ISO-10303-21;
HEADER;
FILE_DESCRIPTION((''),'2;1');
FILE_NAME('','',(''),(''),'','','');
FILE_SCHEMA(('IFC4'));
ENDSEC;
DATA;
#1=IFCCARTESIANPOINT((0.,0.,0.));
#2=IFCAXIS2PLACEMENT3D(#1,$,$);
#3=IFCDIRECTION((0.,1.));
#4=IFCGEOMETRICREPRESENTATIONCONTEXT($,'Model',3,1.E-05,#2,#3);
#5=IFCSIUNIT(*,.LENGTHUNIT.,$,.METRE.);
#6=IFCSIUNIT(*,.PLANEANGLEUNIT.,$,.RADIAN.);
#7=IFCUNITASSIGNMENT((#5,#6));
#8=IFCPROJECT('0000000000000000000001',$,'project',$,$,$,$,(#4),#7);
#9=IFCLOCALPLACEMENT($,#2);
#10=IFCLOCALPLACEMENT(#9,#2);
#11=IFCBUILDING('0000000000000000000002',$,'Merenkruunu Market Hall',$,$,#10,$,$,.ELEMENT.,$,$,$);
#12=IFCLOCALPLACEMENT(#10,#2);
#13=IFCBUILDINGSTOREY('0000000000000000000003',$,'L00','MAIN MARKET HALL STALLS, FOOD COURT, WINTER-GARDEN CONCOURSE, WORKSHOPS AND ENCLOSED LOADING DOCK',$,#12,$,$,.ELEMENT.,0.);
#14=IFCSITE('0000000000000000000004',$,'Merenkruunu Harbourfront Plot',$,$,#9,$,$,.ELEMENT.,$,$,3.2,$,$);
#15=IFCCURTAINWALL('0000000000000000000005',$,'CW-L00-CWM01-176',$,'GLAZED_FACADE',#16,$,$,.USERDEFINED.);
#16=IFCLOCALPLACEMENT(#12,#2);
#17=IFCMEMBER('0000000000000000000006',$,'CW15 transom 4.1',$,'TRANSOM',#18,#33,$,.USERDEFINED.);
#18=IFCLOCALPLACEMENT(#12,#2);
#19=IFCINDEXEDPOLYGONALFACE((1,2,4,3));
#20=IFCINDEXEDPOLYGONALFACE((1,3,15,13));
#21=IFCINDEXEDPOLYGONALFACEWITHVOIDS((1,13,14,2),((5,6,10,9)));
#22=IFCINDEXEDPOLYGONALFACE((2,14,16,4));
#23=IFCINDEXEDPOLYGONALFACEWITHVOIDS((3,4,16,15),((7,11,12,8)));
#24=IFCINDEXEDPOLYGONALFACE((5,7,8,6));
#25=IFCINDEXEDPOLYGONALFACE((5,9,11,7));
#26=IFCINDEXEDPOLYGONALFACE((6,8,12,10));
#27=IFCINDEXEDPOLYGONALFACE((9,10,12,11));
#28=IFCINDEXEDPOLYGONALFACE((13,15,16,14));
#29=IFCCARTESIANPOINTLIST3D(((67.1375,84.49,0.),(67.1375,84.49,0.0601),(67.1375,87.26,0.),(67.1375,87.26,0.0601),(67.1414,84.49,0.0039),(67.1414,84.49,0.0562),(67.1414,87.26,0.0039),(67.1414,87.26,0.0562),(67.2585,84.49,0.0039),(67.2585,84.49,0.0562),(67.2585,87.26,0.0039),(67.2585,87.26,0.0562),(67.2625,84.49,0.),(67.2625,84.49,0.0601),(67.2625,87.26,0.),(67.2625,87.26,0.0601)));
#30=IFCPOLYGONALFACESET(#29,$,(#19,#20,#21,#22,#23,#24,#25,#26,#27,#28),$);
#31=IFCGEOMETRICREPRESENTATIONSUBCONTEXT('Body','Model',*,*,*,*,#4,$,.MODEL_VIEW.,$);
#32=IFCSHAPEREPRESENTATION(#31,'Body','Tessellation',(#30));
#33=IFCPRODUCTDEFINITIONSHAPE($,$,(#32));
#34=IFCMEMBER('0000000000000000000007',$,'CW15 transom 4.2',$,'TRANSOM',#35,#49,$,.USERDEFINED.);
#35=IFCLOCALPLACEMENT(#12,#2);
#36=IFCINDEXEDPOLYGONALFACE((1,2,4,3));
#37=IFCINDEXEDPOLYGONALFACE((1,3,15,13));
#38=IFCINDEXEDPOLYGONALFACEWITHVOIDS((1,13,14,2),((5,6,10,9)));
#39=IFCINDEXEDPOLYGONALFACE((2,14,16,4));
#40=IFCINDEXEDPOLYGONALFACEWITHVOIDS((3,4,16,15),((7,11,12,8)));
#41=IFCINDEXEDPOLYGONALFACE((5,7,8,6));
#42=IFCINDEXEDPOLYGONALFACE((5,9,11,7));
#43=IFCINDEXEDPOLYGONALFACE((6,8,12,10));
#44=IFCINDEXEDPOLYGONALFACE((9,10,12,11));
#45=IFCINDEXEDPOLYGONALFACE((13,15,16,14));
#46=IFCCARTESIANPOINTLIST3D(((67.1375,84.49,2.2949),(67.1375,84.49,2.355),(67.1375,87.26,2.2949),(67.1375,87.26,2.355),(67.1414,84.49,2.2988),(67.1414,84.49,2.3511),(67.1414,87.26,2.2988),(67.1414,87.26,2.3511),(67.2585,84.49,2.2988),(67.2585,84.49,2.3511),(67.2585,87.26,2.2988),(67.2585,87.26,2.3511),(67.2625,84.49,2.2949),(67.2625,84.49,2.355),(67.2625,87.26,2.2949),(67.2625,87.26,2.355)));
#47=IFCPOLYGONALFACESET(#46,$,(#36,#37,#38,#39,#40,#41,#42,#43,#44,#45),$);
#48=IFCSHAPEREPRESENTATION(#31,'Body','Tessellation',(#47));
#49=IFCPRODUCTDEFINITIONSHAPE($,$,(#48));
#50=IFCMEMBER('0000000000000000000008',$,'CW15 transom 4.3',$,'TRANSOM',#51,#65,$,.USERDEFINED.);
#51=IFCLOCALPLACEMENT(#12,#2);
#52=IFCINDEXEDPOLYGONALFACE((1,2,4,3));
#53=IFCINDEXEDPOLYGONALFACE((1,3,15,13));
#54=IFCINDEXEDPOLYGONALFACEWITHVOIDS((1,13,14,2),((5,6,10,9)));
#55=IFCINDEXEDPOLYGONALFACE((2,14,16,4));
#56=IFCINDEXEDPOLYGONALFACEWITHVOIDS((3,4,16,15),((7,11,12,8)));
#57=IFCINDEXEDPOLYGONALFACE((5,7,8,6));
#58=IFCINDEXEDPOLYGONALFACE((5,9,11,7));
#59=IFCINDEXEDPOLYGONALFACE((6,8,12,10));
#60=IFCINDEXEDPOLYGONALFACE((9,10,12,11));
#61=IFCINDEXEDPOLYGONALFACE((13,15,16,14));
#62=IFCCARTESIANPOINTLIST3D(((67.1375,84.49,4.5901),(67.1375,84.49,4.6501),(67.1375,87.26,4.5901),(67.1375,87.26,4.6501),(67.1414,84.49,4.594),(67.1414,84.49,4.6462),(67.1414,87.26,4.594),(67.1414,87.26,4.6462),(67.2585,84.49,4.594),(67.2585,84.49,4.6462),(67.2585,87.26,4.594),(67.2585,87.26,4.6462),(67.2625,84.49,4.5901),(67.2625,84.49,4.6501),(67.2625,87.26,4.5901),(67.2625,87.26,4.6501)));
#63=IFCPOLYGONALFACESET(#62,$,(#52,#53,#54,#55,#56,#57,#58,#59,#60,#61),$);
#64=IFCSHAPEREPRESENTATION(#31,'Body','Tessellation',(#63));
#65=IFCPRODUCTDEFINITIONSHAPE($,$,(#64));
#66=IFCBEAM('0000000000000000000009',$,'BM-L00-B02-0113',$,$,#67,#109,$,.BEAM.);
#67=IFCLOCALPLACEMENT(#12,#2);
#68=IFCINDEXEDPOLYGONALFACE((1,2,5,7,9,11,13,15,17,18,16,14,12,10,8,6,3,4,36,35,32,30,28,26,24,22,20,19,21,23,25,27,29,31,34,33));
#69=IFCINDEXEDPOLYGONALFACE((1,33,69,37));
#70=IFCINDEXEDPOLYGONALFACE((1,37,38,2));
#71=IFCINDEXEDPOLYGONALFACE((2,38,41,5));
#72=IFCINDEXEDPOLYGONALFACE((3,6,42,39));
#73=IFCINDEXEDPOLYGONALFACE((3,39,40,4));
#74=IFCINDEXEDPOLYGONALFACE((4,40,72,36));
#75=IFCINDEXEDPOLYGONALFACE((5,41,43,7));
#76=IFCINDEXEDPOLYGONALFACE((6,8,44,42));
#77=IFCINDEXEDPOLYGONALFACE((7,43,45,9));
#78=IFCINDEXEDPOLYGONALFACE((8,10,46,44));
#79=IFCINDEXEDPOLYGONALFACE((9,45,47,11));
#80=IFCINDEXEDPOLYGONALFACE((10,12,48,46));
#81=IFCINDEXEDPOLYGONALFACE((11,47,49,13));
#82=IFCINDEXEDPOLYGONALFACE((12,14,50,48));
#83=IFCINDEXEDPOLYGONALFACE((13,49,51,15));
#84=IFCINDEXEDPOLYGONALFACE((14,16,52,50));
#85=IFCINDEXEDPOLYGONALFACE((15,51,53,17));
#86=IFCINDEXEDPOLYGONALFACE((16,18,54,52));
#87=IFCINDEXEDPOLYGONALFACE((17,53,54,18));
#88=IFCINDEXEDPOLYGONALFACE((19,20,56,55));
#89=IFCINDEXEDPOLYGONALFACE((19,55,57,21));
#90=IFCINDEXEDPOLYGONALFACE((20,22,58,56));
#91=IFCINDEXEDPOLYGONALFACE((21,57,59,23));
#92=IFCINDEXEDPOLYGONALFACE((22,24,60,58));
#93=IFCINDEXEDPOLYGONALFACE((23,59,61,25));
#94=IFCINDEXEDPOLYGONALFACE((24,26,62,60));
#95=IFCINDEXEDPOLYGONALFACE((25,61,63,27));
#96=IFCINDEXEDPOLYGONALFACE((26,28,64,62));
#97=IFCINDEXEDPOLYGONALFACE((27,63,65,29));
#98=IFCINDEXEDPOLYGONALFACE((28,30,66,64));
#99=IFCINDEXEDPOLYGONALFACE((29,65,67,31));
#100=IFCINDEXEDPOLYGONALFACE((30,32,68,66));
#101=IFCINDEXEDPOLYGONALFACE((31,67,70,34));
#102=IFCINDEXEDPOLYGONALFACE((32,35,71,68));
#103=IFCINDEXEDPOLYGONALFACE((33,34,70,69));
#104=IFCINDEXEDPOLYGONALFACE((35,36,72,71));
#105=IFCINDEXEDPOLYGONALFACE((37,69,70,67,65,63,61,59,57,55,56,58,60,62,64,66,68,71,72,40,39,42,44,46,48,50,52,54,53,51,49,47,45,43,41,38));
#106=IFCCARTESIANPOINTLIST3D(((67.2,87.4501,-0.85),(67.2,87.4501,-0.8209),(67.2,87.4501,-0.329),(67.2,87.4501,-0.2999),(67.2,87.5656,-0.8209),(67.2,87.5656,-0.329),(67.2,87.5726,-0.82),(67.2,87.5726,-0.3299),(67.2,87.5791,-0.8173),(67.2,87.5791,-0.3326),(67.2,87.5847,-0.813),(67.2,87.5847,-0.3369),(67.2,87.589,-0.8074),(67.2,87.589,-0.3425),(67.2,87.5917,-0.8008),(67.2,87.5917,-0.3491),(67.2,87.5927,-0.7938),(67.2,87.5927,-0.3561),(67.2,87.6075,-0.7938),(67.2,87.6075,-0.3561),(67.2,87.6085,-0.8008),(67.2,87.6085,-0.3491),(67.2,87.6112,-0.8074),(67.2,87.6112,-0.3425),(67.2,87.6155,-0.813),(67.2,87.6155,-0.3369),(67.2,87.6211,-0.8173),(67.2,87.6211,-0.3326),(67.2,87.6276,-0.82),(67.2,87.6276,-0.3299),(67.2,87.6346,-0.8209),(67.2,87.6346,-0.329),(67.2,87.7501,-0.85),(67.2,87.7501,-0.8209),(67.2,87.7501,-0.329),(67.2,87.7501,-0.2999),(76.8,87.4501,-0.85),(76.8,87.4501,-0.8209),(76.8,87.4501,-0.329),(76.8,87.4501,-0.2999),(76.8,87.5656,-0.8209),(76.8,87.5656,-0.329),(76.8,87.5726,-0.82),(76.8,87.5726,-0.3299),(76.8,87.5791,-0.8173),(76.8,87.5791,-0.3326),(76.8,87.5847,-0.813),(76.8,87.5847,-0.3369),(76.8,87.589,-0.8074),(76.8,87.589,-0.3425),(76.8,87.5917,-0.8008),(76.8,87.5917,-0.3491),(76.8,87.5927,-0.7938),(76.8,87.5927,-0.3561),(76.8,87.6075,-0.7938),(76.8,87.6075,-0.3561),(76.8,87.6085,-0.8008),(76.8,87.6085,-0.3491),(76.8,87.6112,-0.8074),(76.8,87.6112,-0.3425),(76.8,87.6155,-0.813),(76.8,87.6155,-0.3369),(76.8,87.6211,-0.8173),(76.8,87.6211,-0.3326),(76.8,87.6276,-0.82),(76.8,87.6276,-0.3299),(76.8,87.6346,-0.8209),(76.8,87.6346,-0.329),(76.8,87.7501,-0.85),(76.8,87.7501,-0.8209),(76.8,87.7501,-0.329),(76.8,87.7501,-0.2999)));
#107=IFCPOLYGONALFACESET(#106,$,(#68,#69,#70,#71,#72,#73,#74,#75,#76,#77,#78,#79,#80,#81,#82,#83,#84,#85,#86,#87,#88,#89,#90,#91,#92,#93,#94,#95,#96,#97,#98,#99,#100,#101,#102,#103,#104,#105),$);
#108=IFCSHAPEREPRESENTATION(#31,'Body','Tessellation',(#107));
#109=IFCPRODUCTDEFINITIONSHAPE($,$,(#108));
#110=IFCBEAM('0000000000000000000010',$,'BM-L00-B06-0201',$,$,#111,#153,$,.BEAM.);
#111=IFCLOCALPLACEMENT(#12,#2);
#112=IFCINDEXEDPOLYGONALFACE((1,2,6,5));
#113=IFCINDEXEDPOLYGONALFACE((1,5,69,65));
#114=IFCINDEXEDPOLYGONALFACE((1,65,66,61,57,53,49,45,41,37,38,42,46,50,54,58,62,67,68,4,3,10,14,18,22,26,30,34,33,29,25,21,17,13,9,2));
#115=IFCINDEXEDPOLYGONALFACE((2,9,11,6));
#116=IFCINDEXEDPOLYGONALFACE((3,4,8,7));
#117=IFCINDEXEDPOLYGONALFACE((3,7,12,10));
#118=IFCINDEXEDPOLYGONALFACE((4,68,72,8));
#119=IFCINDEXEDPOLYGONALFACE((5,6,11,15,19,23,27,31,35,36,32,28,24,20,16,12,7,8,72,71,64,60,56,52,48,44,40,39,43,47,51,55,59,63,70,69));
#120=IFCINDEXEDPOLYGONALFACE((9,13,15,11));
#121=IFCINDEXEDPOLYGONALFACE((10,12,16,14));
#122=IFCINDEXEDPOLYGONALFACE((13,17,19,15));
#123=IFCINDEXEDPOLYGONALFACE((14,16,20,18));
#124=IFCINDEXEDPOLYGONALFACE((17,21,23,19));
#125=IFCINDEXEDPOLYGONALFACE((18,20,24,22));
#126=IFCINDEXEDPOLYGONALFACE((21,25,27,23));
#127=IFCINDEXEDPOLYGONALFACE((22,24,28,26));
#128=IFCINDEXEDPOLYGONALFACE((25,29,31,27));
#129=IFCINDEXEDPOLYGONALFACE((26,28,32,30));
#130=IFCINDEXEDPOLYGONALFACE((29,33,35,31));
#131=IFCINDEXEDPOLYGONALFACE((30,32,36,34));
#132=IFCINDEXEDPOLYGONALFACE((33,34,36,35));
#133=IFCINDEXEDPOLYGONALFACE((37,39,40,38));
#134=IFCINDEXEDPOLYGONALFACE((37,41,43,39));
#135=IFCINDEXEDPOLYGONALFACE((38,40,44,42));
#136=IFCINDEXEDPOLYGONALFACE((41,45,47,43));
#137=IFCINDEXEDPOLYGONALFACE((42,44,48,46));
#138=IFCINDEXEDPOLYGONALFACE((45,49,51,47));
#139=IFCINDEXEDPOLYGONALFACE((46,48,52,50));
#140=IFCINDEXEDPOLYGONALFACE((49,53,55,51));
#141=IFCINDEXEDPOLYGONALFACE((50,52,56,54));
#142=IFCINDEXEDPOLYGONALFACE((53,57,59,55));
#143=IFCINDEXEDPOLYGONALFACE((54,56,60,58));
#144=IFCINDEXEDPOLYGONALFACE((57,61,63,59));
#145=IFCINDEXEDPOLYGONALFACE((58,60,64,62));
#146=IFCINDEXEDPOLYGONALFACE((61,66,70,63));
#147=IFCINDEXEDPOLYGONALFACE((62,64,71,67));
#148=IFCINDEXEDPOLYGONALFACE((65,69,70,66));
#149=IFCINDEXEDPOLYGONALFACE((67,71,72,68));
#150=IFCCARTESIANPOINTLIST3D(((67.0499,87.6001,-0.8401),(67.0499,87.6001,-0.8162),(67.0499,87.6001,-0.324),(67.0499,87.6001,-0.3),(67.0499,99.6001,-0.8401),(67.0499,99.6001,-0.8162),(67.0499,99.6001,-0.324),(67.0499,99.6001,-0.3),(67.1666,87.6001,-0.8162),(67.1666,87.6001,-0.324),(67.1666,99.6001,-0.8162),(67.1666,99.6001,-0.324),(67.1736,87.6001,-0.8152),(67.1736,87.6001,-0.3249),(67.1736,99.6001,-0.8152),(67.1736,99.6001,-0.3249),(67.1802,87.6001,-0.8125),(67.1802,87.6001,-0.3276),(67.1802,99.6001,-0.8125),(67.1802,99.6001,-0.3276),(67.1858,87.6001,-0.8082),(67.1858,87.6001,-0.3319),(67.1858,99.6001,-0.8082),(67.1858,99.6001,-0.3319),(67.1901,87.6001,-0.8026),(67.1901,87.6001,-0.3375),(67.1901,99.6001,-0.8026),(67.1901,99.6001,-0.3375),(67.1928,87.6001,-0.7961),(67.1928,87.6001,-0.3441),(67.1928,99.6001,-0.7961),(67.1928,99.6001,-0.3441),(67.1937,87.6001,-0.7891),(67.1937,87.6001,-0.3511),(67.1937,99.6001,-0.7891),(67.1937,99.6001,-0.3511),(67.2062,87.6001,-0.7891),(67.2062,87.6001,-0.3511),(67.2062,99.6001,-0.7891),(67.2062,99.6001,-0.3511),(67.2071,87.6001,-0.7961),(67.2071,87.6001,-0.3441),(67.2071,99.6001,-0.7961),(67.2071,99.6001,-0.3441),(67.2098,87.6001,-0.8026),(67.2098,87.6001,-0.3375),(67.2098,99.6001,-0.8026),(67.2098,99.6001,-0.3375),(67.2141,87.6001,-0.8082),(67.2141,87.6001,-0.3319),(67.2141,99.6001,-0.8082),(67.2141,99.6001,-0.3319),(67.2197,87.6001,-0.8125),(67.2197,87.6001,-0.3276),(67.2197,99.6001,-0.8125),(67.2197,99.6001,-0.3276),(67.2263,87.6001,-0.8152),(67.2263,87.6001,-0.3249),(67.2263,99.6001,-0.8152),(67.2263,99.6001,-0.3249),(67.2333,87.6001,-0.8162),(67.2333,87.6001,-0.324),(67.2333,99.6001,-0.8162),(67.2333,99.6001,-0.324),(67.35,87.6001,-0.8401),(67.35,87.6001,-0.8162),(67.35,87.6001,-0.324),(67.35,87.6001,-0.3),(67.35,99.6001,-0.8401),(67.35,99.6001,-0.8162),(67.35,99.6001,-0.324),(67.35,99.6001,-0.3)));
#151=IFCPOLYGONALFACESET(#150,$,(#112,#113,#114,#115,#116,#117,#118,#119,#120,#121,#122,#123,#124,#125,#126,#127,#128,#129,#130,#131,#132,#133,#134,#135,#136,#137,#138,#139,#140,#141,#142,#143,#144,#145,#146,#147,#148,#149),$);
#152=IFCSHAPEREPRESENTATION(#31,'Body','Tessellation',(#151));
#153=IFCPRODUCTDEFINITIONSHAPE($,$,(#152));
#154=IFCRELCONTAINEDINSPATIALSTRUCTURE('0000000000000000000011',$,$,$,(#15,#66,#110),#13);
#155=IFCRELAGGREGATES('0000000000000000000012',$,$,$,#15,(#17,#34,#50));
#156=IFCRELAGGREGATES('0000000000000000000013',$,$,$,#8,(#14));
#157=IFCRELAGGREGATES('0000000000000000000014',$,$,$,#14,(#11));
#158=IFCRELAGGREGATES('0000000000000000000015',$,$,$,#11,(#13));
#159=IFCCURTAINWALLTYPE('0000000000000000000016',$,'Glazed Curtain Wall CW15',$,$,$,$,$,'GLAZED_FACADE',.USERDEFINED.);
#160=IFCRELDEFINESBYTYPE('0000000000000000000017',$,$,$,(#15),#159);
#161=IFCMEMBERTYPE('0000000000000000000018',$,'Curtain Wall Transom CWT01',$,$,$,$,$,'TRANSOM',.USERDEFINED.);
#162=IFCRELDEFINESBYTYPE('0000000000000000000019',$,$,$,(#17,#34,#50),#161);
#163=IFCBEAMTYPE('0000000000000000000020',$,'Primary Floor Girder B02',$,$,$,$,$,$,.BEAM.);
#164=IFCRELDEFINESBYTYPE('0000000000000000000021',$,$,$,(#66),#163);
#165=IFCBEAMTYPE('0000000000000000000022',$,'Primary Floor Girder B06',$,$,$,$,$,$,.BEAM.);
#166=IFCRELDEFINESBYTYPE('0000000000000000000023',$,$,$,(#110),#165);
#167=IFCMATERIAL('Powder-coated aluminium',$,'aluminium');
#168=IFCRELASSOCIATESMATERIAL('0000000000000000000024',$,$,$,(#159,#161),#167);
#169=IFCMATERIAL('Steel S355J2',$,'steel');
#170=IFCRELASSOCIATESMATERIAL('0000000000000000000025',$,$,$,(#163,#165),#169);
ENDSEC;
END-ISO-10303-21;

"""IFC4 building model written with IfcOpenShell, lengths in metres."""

from ifc_helpers import new_model, si_unit, direction, frame, origin, origin_2d, place, context, subcontext, project, spatial, hollow_rectangle, i_section, extrude, material, material_profile, profile_set, type_object, element, aggregate, save


model = new_model("IFC4")

# Units and contexts
model_context = context("Model", 3, precision=1e-05, world=origin(), true_north=direction((0.0, 1.0)))
body_context = subcontext(model_context, "Body", "Model", "MODEL_VIEW")
ifc_project = project(units=[si_unit("LENGTHUNIT", "METRE"), si_unit("PLANEANGLEUNIT", "RADIAN")], contexts=[model_context])

# Site, building, storey
site_placement = place(None, origin())
site = spatial("IfcSite", under=ifc_project, at=site_placement, Name="Merenkruunu Harbourfront Plot", CompositionType="ELEMENT", RefElevation=3.2)
building_placement = place(site_placement, origin())
building = spatial("IfcBuilding", under=site, at=building_placement, Name="Merenkruunu Market Hall", CompositionType="ELEMENT")
storey_placement = place(building_placement, origin())
storey = spatial("IfcBuildingStorey", under=building, at=storey_placement, Name="L00", Description="MAIN MARKET HALL STALLS, FOOD COURT, WINTER-GARDEN CONCOURSE, WORKSHOPS AND ENCLOSED LOADING DOCK", CompositionType="ELEMENT", Elevation=0.0)

# Shared definitions
ifc_material_1 = material(Name="Powder-coated aluminium", Category="aluminium")

# Curtain wall
curtain_wall_type_1 = type_object("IfcCurtainWallType", Name="Glazed Curtain Wall CW15", ElementType="GLAZED_FACADE", PredefinedType="USERDEFINED", material=ifc_material_1)
curtain_wall_1_placement = place(storey_placement, origin())
curtain_wall_1 = element("IfcCurtainWall", 1, at=curtain_wall_1_placement, inside=storey, type_object=curtain_wall_type_1, Name="CW-L00-CWM01-176", ObjectType="GLAZED_FACADE", PredefinedType="USERDEFINED")

# Members
ifc_material_profile_1 = material_profile(ifc_material_1, hollow_rectangle(XDim=0.0601, YDim=0.125, WallThickness=0.0039, at=origin_2d()), Name="ALU 60x125x4")
ifc_profile_set_1 = profile_set([ifc_material_profile_1], Name="Powder-coated aluminium")
member_type_1 = type_object("IfcMemberType", Name="Curtain Wall Transom CWT01", ElementType="TRANSOM", PredefinedType="USERDEFINED", material=ifc_profile_set_1)
member_1_placement = place(storey_placement, frame((67.2, 84.49, 0.03), z_axis=(0.0, 1.0, 0.0), x_axis=(0.0, 0.0, 1.0)))
member_1 = element("IfcMember", 2, at=member_1_placement, type_object=member_type_1, Name="CW15 transom 4.1", ObjectType="TRANSOM", PredefinedType="USERDEFINED", context=body_context, shape_type="SweptSolid", body=[
    extrude(hollow_rectangle(XDim=0.0601, YDim=0.125, WallThickness=0.0039, at=origin_2d()), origin(), (0.0, 0.0, 1.0), 2.77),
])
member_2_placement = place(storey_placement, frame((67.2, 84.49, 2.325), z_axis=(0.0, 1.0, 0.0), x_axis=(0.0, 0.0, 1.0)))
member_2 = element("IfcMember", 3, at=member_2_placement, type_object=member_type_1, Name="CW15 transom 4.2", ObjectType="TRANSOM", PredefinedType="USERDEFINED", context=body_context, shape_type="SweptSolid", body=[
    extrude(hollow_rectangle(XDim=0.0601, YDim=0.125, WallThickness=0.0039, at=origin_2d()), origin(), (0.0, 0.0, 1.0), 2.77),
])
member_3_placement = place(storey_placement, frame((67.2, 84.49, 4.6201), z_axis=(0.0, 1.0, 0.0), x_axis=(0.0, 0.0, 1.0)))
member_3 = element("IfcMember", 4, at=member_3_placement, type_object=member_type_1, Name="CW15 transom 4.3", ObjectType="TRANSOM", PredefinedType="USERDEFINED", context=body_context, shape_type="SweptSolid", body=[
    extrude(hollow_rectangle(XDim=0.0601, YDim=0.125, WallThickness=0.0039, at=origin_2d()), origin(), (0.0, 0.0, 1.0), 2.77),
])

# Beams
ifc_material_2 = material(Name="Steel S355J2", Category="steel")
ifc_material_profile_2 = material_profile(ifc_material_2, i_section(OverallWidth=0.3, OverallDepth=0.55, WebThickness=0.0149, FlangeThickness=0.0291, FilletRadius=0.0271, at=origin_2d()), Name="HEB 550")
ifc_profile_set_2 = profile_set([ifc_material_profile_2], Name="Steel S355J2")
beam_type_1 = type_object("IfcBeamType", Name="Primary Floor Girder B02", PredefinedType="BEAM", material=ifc_profile_set_2)
beam_1_placement = place(storey_placement, frame((67.2, 87.6001, -0.575), z_axis=(1.0, 0.0, 0.0), x_axis=(0.0, 1.0, 0.0)))
element("IfcBeam", 5, at=beam_1_placement, inside=storey, type_object=beam_type_1, Name="BM-L00-B02-0113", PredefinedType="BEAM", context=body_context, shape_type="SweptSolid", body=[
    extrude(i_section(OverallWidth=0.3, OverallDepth=0.55, WebThickness=0.0149, FlangeThickness=0.0291, FilletRadius=0.0271, at=origin_2d()), origin(), (0.0, 0.0, 1.0), 9.6001),
])
ifc_material_profile_3 = material_profile(ifc_material_2, i_section(OverallWidth=0.3, OverallDepth=0.54, WebThickness=0.0125, FlangeThickness=0.0239, FilletRadius=0.0271, at=origin_2d()), Name="HEA 550")
ifc_profile_set_3 = profile_set([ifc_material_profile_3], Name="Steel S355J2")
beam_type_2 = type_object("IfcBeamType", Name="Primary Floor Girder B06", PredefinedType="BEAM", material=ifc_profile_set_3)
beam_2_placement = place(storey_placement, frame((67.2, 87.6001, -0.5701), z_axis=(0.0, 1.0, 0.0), x_axis=(-1.0, 0.0, 0.0)))
element("IfcBeam", 6, at=beam_2_placement, inside=storey, type_object=beam_type_2, Name="BM-L00-B06-0201", PredefinedType="BEAM", context=body_context, shape_type="SweptSolid", body=[
    extrude(i_section(OverallWidth=0.3, OverallDepth=0.54, WebThickness=0.0125, FlangeThickness=0.0239, FilletRadius=0.0271, at=origin_2d()), origin(), (0.0, 0.0, 1.0), 12.0),
])

aggregate(curtain_wall_1, [member_1, member_2, member_3])

save(model, "model.ifc")
